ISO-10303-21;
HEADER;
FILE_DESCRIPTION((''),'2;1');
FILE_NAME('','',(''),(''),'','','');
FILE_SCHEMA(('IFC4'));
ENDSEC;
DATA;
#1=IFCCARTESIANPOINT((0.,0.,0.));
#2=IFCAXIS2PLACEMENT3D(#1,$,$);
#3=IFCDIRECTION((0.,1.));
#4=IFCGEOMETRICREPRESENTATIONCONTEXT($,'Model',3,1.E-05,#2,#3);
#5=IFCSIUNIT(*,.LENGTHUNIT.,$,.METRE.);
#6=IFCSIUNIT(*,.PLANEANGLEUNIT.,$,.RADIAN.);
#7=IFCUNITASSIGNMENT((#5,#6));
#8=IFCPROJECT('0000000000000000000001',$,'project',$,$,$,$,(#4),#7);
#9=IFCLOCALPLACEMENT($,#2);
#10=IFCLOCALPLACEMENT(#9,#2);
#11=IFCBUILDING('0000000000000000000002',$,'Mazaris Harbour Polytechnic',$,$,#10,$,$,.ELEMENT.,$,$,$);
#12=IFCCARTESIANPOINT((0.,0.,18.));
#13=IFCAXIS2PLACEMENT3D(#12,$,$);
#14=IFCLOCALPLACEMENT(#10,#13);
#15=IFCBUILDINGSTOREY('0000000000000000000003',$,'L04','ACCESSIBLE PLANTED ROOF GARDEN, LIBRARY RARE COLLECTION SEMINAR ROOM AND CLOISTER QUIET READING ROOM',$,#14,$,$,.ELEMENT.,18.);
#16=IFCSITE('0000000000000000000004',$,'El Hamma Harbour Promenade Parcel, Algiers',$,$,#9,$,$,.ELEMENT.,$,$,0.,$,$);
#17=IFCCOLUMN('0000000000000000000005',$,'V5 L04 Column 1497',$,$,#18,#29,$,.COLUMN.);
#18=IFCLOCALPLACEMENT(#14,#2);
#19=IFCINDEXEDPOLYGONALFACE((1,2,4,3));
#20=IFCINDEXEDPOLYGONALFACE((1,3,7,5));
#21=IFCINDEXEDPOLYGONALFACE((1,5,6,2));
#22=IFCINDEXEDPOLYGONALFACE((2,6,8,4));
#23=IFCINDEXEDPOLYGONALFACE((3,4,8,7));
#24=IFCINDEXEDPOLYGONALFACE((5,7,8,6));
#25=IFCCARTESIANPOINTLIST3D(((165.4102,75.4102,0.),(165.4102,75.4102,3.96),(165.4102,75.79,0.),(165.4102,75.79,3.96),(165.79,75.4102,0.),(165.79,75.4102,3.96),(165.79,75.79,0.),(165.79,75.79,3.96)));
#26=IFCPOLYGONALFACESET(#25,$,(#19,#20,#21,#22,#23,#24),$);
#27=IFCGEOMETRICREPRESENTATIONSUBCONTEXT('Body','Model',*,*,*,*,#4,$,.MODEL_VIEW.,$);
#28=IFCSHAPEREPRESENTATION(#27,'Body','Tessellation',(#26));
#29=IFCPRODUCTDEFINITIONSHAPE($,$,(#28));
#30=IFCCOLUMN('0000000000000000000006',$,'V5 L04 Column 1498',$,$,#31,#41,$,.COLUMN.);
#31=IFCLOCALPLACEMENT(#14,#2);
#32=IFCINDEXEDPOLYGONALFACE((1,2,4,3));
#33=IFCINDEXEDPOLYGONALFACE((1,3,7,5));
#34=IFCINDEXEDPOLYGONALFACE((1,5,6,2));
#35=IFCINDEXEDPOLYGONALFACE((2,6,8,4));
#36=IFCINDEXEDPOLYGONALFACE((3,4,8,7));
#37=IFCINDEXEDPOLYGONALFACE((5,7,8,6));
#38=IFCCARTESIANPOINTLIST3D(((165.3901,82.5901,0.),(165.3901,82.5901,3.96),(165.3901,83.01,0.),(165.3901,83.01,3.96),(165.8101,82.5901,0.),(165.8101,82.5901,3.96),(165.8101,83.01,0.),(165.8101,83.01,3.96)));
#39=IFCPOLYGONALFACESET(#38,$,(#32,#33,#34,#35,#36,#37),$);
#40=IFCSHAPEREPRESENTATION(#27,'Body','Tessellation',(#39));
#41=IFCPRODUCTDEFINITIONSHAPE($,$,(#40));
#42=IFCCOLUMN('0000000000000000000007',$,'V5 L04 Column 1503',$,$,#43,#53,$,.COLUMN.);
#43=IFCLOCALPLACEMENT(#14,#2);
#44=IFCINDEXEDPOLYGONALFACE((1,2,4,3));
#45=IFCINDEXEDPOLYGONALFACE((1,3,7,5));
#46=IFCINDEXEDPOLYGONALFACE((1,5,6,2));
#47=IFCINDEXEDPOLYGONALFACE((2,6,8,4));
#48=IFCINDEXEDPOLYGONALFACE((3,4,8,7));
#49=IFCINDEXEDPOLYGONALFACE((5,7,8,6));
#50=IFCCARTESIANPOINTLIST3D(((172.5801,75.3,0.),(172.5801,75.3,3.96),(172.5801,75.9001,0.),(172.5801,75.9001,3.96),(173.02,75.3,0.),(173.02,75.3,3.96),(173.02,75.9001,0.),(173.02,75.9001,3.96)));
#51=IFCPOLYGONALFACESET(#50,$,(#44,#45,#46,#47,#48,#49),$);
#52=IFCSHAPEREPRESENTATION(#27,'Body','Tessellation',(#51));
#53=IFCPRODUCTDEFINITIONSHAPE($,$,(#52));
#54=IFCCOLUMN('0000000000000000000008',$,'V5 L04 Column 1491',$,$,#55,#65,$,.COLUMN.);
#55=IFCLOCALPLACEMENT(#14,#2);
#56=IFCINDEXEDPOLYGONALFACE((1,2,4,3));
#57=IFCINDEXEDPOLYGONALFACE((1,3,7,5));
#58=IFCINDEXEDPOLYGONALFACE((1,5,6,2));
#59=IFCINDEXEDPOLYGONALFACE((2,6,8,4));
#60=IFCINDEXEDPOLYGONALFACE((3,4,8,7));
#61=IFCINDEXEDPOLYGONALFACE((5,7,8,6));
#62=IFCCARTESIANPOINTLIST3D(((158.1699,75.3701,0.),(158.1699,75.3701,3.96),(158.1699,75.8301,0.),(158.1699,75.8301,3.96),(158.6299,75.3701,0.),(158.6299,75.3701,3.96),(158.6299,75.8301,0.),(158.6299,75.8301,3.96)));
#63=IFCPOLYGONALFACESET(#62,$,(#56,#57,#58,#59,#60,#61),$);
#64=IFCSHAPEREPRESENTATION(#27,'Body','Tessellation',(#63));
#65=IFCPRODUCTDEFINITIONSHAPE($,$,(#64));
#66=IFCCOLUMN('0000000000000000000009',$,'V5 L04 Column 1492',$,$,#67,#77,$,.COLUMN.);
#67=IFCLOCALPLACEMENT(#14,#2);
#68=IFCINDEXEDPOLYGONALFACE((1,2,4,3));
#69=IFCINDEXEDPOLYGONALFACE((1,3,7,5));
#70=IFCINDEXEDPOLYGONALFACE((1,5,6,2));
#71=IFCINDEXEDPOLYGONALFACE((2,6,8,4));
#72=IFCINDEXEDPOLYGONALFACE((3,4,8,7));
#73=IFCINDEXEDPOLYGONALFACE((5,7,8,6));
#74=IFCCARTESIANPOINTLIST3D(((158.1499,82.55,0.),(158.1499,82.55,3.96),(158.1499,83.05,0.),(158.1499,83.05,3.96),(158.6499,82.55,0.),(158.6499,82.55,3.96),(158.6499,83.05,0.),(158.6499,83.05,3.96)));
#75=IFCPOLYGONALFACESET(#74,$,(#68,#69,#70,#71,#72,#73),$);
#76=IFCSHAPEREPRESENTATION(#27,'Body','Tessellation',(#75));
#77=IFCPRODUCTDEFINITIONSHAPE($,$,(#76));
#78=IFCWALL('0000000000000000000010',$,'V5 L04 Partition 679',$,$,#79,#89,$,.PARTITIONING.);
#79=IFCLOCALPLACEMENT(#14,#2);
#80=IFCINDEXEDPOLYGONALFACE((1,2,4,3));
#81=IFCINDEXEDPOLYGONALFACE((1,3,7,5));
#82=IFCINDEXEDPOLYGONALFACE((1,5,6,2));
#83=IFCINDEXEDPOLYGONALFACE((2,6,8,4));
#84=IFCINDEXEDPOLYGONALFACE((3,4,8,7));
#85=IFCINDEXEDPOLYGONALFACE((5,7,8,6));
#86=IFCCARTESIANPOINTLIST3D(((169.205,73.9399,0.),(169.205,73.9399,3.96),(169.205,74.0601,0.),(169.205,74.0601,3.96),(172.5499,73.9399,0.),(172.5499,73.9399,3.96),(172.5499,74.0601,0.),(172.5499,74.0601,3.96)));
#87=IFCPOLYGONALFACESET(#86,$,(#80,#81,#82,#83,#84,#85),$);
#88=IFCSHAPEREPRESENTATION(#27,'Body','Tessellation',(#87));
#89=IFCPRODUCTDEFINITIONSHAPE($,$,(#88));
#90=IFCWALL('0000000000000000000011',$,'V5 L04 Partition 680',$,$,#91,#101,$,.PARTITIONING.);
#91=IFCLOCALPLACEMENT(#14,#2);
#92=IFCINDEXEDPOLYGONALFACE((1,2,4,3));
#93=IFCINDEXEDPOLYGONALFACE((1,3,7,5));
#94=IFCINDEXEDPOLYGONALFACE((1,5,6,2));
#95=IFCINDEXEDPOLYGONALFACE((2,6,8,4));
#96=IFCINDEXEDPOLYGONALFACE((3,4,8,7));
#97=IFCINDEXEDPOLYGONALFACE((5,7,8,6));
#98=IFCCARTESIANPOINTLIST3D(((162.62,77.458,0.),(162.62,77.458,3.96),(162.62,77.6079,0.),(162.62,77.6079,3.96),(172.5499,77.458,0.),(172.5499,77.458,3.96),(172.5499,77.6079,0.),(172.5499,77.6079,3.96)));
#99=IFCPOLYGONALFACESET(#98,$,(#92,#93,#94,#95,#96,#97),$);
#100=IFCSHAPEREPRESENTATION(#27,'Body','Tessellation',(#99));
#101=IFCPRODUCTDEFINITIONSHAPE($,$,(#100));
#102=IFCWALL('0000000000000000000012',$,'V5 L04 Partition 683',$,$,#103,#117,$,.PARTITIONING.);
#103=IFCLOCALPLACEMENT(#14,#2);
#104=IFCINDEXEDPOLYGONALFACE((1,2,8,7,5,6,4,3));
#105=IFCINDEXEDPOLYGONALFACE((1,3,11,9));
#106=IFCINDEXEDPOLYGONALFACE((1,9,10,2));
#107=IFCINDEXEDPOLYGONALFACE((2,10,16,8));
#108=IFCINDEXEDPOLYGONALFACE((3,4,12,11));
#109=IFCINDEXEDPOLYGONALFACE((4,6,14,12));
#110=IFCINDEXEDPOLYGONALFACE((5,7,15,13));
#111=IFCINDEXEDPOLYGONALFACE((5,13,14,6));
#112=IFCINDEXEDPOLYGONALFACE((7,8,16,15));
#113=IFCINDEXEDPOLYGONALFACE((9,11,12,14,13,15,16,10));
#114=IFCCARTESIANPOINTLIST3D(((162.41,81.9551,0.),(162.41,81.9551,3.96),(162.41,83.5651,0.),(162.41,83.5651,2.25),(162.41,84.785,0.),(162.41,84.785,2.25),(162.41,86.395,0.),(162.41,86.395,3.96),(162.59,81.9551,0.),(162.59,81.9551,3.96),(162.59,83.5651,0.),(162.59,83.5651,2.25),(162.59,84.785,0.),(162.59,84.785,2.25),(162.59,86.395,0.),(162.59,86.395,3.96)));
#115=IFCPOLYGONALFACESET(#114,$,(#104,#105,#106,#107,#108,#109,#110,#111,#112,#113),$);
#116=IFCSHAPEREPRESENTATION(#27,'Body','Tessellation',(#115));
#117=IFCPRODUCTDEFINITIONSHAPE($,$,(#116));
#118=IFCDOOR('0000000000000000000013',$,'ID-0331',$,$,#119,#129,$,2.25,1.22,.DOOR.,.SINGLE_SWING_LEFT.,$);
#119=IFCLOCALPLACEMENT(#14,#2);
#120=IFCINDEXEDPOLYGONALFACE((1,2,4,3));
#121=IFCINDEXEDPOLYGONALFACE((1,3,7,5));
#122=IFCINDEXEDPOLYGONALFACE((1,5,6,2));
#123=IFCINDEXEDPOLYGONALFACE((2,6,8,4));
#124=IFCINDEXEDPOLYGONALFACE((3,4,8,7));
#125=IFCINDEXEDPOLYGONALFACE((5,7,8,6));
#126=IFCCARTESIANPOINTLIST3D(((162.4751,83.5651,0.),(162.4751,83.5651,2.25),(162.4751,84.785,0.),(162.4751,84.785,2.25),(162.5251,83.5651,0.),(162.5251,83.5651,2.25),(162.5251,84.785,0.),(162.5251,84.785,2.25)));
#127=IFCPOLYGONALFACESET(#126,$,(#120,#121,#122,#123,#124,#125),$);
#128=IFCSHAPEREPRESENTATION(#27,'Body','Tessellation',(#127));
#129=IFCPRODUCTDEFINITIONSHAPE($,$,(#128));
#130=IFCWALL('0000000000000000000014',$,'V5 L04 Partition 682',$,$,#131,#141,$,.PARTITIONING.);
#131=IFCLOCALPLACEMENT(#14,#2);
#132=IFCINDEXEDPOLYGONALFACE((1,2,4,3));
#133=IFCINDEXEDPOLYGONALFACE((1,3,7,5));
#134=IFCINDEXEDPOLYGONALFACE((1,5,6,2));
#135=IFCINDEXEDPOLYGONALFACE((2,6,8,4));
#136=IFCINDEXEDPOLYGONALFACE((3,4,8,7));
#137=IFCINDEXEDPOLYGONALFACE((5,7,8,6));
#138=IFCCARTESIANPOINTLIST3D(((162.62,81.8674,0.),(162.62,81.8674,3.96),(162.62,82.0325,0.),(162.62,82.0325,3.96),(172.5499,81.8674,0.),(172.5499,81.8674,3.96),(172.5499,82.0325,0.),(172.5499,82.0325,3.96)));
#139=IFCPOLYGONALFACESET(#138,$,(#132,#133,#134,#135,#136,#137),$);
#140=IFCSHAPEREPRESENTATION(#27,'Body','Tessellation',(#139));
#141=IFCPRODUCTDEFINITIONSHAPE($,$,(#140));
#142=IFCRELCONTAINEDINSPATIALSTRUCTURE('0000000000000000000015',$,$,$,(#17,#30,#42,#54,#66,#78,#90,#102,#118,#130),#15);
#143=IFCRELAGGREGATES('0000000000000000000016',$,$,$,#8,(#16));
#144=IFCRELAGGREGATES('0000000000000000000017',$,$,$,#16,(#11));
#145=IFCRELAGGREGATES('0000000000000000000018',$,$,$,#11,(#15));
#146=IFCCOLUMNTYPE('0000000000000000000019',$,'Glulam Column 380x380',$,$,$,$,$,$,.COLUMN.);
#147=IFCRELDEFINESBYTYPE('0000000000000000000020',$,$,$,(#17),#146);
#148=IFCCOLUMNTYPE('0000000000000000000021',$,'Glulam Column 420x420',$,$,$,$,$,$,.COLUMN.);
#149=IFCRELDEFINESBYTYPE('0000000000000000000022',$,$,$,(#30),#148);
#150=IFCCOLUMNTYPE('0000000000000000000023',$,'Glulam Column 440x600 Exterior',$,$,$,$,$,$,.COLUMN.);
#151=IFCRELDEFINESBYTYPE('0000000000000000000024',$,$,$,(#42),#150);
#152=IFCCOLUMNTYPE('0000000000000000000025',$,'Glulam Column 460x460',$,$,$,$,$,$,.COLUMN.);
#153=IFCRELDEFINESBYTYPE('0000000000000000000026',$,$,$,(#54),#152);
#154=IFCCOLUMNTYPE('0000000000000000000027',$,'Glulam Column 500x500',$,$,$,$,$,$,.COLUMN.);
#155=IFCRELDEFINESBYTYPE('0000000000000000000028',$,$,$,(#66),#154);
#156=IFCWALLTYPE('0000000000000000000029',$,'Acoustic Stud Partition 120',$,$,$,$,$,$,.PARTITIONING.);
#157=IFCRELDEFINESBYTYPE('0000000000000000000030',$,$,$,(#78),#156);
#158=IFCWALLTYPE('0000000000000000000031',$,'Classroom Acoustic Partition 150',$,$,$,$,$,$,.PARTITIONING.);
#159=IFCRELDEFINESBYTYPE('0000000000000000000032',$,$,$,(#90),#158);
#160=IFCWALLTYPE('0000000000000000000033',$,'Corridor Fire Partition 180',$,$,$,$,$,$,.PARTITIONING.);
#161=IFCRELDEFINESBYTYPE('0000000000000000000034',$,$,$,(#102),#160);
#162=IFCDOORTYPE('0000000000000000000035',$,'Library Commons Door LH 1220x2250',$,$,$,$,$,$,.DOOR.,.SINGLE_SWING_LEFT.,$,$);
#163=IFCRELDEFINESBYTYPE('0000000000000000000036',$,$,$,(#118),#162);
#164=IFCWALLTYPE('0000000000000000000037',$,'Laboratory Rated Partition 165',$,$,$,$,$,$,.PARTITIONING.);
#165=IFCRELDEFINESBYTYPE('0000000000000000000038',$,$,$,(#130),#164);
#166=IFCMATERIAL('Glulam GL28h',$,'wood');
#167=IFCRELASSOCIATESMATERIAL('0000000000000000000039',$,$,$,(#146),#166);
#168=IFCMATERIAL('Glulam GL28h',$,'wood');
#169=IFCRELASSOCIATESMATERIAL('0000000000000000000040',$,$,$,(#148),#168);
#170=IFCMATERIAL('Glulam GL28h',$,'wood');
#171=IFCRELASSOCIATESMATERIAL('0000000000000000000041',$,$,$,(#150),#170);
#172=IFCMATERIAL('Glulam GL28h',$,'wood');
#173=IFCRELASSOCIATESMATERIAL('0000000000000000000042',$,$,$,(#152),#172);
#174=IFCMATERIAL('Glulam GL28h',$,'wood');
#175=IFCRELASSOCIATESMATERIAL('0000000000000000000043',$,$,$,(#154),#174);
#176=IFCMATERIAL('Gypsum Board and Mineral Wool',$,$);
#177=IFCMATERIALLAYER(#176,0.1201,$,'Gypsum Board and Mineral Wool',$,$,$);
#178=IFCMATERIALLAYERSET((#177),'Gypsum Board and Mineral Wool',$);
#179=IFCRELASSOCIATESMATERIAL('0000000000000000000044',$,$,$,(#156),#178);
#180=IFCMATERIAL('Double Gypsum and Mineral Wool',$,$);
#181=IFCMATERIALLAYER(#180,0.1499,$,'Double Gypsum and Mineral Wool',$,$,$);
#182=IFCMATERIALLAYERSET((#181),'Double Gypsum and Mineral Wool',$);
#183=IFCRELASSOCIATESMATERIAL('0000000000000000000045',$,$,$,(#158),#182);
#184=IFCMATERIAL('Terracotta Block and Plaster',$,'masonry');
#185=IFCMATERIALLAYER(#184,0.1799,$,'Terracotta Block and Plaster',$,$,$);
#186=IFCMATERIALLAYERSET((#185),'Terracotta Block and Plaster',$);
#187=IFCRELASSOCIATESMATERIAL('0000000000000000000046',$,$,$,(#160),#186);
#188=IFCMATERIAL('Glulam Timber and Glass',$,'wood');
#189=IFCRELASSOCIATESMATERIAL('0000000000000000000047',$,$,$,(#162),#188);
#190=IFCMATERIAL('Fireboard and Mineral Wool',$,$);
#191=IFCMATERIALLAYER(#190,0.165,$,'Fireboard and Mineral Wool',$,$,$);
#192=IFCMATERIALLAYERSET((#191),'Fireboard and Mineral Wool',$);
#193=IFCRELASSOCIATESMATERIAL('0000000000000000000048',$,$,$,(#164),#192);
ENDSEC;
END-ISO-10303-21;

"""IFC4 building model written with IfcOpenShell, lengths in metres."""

from ifc_helpers import new_model, si_unit, direction, frame, frame_2d, origin, origin_2d, place, context, subcontext, project, spatial, rectangle, extrude, material, layer, layer_set, material_profile, profile_set, type_object, element, fill, save


model = new_model("IFC4")

# Units and contexts
model_context = context("Model", 3, precision=1e-05, world=origin(), true_north=direction((0.0, 1.0)))
body_context = subcontext(model_context, "Body", "Model", "MODEL_VIEW")
ifc_project = project(units=[si_unit("LENGTHUNIT", "METRE"), si_unit("PLANEANGLEUNIT", "RADIAN")], contexts=[model_context])

# Site, building, storey
site_placement = place(None, origin())
site = spatial("IfcSite", under=ifc_project, at=site_placement, Name="El Hamma Harbour Promenade Parcel, Algiers", CompositionType="ELEMENT", RefElevation=0.0)
building_placement = place(site_placement, origin())
building = spatial("IfcBuilding", under=site, at=building_placement, Name="Mazaris Harbour Polytechnic", CompositionType="ELEMENT")
storey_placement = place(building_placement, frame((0.0, 0.0, 18.0)))
storey = spatial("IfcBuildingStorey", under=building, at=storey_placement, Name="L04", Description="ACCESSIBLE PLANTED ROOF GARDEN, LIBRARY RARE COLLECTION SEMINAR ROOM AND CLOISTER QUIET READING ROOM", CompositionType="ELEMENT", Elevation=18.0)

# Columns
ifc_material_1 = material(Name="Glulam GL28h", Category="wood")
ifc_material_profile_1 = material_profile(ifc_material_1, rectangle(XDim=0.3799, YDim=0.3799, at=origin_2d()), Name="RECT380x380")
ifc_profile_set_1 = profile_set([ifc_material_profile_1], Name="Glulam GL28h")
column_type_1 = type_object("IfcColumnType", Name="Glulam Column 380x380", PredefinedType="COLUMN", material=ifc_profile_set_1)
column_1_placement = place(storey_placement, frame((165.6001, 75.6001, 0.0), z_axis=(0.0, 0.0, 1.0), x_axis=(1.0, 0.0, 0.0)))
element("IfcColumn", 1, at=column_1_placement, inside=storey, type_object=column_type_1, Name="V5 L04 Column 1497", PredefinedType="COLUMN", context=body_context, shape_type="SweptSolid", body=[
    extrude(rectangle(XDim=0.3799, YDim=0.3799, at=origin_2d()), origin(), (0.0, 0.0, 1.0), 3.96),
])
ifc_material_2 = material(Name="Glulam GL28h", Category="wood")
ifc_material_profile_2 = material_profile(ifc_material_2, rectangle(XDim=0.4199, YDim=0.4199, at=origin_2d()), Name="RECT420x420")
ifc_profile_set_2 = profile_set([ifc_material_profile_2], Name="Glulam GL28h")
column_type_2 = type_object("IfcColumnType", Name="Glulam Column 420x420", PredefinedType="COLUMN", material=ifc_profile_set_2)
column_2_placement = place(storey_placement, frame((165.6001, 82.8, 0.0), z_axis=(0.0, 0.0, 1.0), x_axis=(1.0, 0.0, 0.0)))
element("IfcColumn", 2, at=column_2_placement, inside=storey, type_object=column_type_2, Name="V5 L04 Column 1498", PredefinedType="COLUMN", context=body_context, shape_type="SweptSolid", body=[
    extrude(rectangle(XDim=0.4199, YDim=0.4199, at=origin_2d()), origin(), (0.0, 0.0, 1.0), 3.96),
])
ifc_material_3 = material(Name="Glulam GL28h", Category="wood")
ifc_material_profile_3 = material_profile(ifc_material_3, rectangle(XDim=0.4399, YDim=0.6001, at=origin_2d()), Name="RECT440x600")
ifc_profile_set_3 = profile_set([ifc_material_profile_3], Name="Glulam GL28h")
column_type_3 = type_object("IfcColumnType", Name="Glulam Column 440x600 Exterior", PredefinedType="COLUMN", material=ifc_profile_set_3)
column_3_placement = place(storey_placement, frame((172.8, 75.6001, 0.0), z_axis=(0.0, 0.0, 1.0), x_axis=(1.0, 0.0, 0.0)))
element("IfcColumn", 3, at=column_3_placement, inside=storey, type_object=column_type_3, Name="V5 L04 Column 1503", PredefinedType="COLUMN", context=body_context, shape_type="SweptSolid", body=[
    extrude(rectangle(XDim=0.4399, YDim=0.6001, at=origin_2d()), origin(), (0.0, 0.0, 1.0), 3.96),
])
ifc_material_4 = material(Name="Glulam GL28h", Category="wood")
ifc_material_profile_4 = material_profile(ifc_material_4, rectangle(XDim=0.46, YDim=0.46, at=origin_2d()), Name="RECT460x460")
ifc_profile_set_4 = profile_set([ifc_material_profile_4], Name="Glulam GL28h")
column_type_4 = type_object("IfcColumnType", Name="Glulam Column 460x460", PredefinedType="COLUMN", material=ifc_profile_set_4)
column_4_placement = place(storey_placement, frame((158.3999, 75.6001, 0.0), z_axis=(0.0, 0.0, 1.0), x_axis=(1.0, 0.0, 0.0)))
element("IfcColumn", 4, at=column_4_placement, inside=storey, type_object=column_type_4, Name="V5 L04 Column 1491", PredefinedType="COLUMN", context=body_context, shape_type="SweptSolid", body=[
    extrude(rectangle(XDim=0.46, YDim=0.46, at=origin_2d()), origin(), (0.0, 0.0, 1.0), 3.96),
])
ifc_material_5 = material(Name="Glulam GL28h", Category="wood")
ifc_material_profile_5 = material_profile(ifc_material_5, rectangle(XDim=0.5, YDim=0.5, at=origin_2d()), Name="RECT500x500")
ifc_profile_set_5 = profile_set([ifc_material_profile_5], Name="Glulam GL28h")
column_type_5 = type_object("IfcColumnType", Name="Glulam Column 500x500", PredefinedType="COLUMN", material=ifc_profile_set_5)
column_5_placement = place(storey_placement, frame((158.3999, 82.8, 0.0), z_axis=(0.0, 0.0, 1.0), x_axis=(1.0, 0.0, 0.0)))
element("IfcColumn", 5, at=column_5_placement, inside=storey, type_object=column_type_5, Name="V5 L04 Column 1492", PredefinedType="COLUMN", context=body_context, shape_type="SweptSolid", body=[
    extrude(rectangle(XDim=0.5, YDim=0.5, at=origin_2d()), origin(), (0.0, 0.0, 1.0), 3.96),
])

# Walls
ifc_material_6 = material(Name="Gypsum Board and Mineral Wool")
ifc_layer_1 = layer(ifc_material_6, 0.1201, Name="Gypsum Board and Mineral Wool")
ifc_layer_set_1 = layer_set([ifc_layer_1], Name="Gypsum Board and Mineral Wool")
wall_type_1 = type_object("IfcWallType", Name="Acoustic Stud Partition 120", PredefinedType="PARTITIONING", material=ifc_layer_set_1)
wall_1_placement = place(storey_placement, frame((169.2051, 74.0, 0.0), z_axis=(0.0, 0.0, 1.0), x_axis=(1.0, 0.0, 0.0)))
element("IfcWall", 6, at=wall_1_placement, inside=storey, type_object=wall_type_1, Name="V5 L04 Partition 679", PredefinedType="PARTITIONING", context=body_context, shape_type="SweptSolid", body=[
    extrude(rectangle(XDim=3.345, YDim=0.1201, at=frame_2d((1.6724, 0.0))), origin(), (0.0, 0.0, 1.0), 3.96),
])
ifc_material_7 = material(Name="Double Gypsum and Mineral Wool")
ifc_layer_2 = layer(ifc_material_7, 0.1499, Name="Double Gypsum and Mineral Wool")
ifc_layer_set_2 = layer_set([ifc_layer_2], Name="Double Gypsum and Mineral Wool")
wall_type_2 = type_object("IfcWallType", Name="Classroom Acoustic Partition 150", PredefinedType="PARTITIONING", material=ifc_layer_set_2)
wall_2_placement = place(storey_placement, frame((162.6201, 77.533, 0.0), z_axis=(0.0, 0.0, 1.0), x_axis=(1.0, 0.0, 0.0)))
element("IfcWall", 7, at=wall_2_placement, inside=storey, type_object=wall_type_2, Name="V5 L04 Partition 680", PredefinedType="PARTITIONING", context=body_context, shape_type="SweptSolid", body=[
    extrude(rectangle(XDim=9.9299, YDim=0.1499, at=frame_2d((4.9648, 0.0))), origin(), (0.0, 0.0, 1.0), 3.96),
])

# Wall, opening, door
ifc_material_8 = material(Name="Terracotta Block and Plaster", Category="masonry")
ifc_layer_3 = layer(ifc_material_8, 0.1799, Name="Terracotta Block and Plaster")
ifc_layer_set_3 = layer_set([ifc_layer_3], Name="Terracotta Block and Plaster")
wall_type_3 = type_object("IfcWallType", Name="Corridor Fire Partition 180", PredefinedType="PARTITIONING", material=ifc_layer_set_3)
wall_3_placement = place(storey_placement, frame((162.5, 81.9551, 0.0), z_axis=(0.0, 0.0, 1.0), x_axis=(0.0, 1.0, 0.0)))
wall_3 = element("IfcWall", 8, at=wall_3_placement, inside=storey, type_object=wall_type_3, Name="V5 L04 Partition 683", PredefinedType="PARTITIONING", context=body_context, shape_type="SweptSolid", body=[
    extrude(rectangle(XDim=4.4399, YDim=0.1799, at=frame_2d((2.22, 0.0))), origin(), (0.0, 0.0, 1.0), 3.96),
])
opening_1_placement = place(wall_3_placement, frame((1.6101, 0.0, 0.0)))
opening_1 = element("IfcOpeningElement", 9, at=opening_1_placement, cuts=wall_3, PredefinedType="OPENING", context=body_context, shape_type="SweptSolid", body=[
    extrude(rectangle(XDim=1.22, YDim=2.25, at=frame_2d((0.6099, 1.125))), frame((0.0, 0.0999, 0.0), z_axis=(0.0, -1.0, 0.0), x_axis=(1.0, 0.0, 0.0)), (0.0, 0.0, 1.0), 0.2),
])
ifc_material_9 = material(Name="Glulam Timber and Glass", Category="wood")
door_type_1 = type_object("IfcDoorType", Name="Library Commons Door LH 1220x2250", OperationType="SINGLE_SWING_LEFT", PredefinedType="DOOR", material=ifc_material_9)
door_1_placement = place(opening_1_placement, origin())
door_1 = element("IfcDoor", 10, at=door_1_placement, inside=storey, type_object=door_type_1, Name="ID-0331", OperationType="SINGLE_SWING_LEFT", OverallHeight=2.25, OverallWidth=1.22, PredefinedType="DOOR", context=body_context, shape_type="SweptSolid", body=[
    extrude(rectangle(XDim=1.22, YDim=2.25, at=frame_2d((0.6099, 1.125))), frame((0.0, 0.0249, 0.0), z_axis=(0.0, -1.0, 0.0), x_axis=(1.0, 0.0, 0.0)), (0.0, 0.0, 1.0), 0.05),
])
fill(opening_1, door_1)

# Wall
ifc_material_10 = material(Name="Fireboard and Mineral Wool")
ifc_layer_4 = layer(ifc_material_10, 0.165, Name="Fireboard and Mineral Wool")
ifc_layer_set_4 = layer_set([ifc_layer_4], Name="Fireboard and Mineral Wool")
wall_type_4 = type_object("IfcWallType", Name="Laboratory Rated Partition 165", PredefinedType="PARTITIONING", material=ifc_layer_set_4)
wall_4_placement = place(storey_placement, frame((162.6201, 81.95, 0.0), z_axis=(0.0, 0.0, 1.0), x_axis=(1.0, 0.0, 0.0)))
element("IfcWall", 11, at=wall_4_placement, inside=storey, type_object=wall_type_4, Name="V5 L04 Partition 682", PredefinedType="PARTITIONING", context=body_context, shape_type="SweptSolid", body=[
    extrude(rectangle(XDim=9.9299, YDim=0.165, at=frame_2d((4.9648, 0.0))), origin(), (0.0, 0.0, 1.0), 3.96),
])

save(model, "model.ifc")
